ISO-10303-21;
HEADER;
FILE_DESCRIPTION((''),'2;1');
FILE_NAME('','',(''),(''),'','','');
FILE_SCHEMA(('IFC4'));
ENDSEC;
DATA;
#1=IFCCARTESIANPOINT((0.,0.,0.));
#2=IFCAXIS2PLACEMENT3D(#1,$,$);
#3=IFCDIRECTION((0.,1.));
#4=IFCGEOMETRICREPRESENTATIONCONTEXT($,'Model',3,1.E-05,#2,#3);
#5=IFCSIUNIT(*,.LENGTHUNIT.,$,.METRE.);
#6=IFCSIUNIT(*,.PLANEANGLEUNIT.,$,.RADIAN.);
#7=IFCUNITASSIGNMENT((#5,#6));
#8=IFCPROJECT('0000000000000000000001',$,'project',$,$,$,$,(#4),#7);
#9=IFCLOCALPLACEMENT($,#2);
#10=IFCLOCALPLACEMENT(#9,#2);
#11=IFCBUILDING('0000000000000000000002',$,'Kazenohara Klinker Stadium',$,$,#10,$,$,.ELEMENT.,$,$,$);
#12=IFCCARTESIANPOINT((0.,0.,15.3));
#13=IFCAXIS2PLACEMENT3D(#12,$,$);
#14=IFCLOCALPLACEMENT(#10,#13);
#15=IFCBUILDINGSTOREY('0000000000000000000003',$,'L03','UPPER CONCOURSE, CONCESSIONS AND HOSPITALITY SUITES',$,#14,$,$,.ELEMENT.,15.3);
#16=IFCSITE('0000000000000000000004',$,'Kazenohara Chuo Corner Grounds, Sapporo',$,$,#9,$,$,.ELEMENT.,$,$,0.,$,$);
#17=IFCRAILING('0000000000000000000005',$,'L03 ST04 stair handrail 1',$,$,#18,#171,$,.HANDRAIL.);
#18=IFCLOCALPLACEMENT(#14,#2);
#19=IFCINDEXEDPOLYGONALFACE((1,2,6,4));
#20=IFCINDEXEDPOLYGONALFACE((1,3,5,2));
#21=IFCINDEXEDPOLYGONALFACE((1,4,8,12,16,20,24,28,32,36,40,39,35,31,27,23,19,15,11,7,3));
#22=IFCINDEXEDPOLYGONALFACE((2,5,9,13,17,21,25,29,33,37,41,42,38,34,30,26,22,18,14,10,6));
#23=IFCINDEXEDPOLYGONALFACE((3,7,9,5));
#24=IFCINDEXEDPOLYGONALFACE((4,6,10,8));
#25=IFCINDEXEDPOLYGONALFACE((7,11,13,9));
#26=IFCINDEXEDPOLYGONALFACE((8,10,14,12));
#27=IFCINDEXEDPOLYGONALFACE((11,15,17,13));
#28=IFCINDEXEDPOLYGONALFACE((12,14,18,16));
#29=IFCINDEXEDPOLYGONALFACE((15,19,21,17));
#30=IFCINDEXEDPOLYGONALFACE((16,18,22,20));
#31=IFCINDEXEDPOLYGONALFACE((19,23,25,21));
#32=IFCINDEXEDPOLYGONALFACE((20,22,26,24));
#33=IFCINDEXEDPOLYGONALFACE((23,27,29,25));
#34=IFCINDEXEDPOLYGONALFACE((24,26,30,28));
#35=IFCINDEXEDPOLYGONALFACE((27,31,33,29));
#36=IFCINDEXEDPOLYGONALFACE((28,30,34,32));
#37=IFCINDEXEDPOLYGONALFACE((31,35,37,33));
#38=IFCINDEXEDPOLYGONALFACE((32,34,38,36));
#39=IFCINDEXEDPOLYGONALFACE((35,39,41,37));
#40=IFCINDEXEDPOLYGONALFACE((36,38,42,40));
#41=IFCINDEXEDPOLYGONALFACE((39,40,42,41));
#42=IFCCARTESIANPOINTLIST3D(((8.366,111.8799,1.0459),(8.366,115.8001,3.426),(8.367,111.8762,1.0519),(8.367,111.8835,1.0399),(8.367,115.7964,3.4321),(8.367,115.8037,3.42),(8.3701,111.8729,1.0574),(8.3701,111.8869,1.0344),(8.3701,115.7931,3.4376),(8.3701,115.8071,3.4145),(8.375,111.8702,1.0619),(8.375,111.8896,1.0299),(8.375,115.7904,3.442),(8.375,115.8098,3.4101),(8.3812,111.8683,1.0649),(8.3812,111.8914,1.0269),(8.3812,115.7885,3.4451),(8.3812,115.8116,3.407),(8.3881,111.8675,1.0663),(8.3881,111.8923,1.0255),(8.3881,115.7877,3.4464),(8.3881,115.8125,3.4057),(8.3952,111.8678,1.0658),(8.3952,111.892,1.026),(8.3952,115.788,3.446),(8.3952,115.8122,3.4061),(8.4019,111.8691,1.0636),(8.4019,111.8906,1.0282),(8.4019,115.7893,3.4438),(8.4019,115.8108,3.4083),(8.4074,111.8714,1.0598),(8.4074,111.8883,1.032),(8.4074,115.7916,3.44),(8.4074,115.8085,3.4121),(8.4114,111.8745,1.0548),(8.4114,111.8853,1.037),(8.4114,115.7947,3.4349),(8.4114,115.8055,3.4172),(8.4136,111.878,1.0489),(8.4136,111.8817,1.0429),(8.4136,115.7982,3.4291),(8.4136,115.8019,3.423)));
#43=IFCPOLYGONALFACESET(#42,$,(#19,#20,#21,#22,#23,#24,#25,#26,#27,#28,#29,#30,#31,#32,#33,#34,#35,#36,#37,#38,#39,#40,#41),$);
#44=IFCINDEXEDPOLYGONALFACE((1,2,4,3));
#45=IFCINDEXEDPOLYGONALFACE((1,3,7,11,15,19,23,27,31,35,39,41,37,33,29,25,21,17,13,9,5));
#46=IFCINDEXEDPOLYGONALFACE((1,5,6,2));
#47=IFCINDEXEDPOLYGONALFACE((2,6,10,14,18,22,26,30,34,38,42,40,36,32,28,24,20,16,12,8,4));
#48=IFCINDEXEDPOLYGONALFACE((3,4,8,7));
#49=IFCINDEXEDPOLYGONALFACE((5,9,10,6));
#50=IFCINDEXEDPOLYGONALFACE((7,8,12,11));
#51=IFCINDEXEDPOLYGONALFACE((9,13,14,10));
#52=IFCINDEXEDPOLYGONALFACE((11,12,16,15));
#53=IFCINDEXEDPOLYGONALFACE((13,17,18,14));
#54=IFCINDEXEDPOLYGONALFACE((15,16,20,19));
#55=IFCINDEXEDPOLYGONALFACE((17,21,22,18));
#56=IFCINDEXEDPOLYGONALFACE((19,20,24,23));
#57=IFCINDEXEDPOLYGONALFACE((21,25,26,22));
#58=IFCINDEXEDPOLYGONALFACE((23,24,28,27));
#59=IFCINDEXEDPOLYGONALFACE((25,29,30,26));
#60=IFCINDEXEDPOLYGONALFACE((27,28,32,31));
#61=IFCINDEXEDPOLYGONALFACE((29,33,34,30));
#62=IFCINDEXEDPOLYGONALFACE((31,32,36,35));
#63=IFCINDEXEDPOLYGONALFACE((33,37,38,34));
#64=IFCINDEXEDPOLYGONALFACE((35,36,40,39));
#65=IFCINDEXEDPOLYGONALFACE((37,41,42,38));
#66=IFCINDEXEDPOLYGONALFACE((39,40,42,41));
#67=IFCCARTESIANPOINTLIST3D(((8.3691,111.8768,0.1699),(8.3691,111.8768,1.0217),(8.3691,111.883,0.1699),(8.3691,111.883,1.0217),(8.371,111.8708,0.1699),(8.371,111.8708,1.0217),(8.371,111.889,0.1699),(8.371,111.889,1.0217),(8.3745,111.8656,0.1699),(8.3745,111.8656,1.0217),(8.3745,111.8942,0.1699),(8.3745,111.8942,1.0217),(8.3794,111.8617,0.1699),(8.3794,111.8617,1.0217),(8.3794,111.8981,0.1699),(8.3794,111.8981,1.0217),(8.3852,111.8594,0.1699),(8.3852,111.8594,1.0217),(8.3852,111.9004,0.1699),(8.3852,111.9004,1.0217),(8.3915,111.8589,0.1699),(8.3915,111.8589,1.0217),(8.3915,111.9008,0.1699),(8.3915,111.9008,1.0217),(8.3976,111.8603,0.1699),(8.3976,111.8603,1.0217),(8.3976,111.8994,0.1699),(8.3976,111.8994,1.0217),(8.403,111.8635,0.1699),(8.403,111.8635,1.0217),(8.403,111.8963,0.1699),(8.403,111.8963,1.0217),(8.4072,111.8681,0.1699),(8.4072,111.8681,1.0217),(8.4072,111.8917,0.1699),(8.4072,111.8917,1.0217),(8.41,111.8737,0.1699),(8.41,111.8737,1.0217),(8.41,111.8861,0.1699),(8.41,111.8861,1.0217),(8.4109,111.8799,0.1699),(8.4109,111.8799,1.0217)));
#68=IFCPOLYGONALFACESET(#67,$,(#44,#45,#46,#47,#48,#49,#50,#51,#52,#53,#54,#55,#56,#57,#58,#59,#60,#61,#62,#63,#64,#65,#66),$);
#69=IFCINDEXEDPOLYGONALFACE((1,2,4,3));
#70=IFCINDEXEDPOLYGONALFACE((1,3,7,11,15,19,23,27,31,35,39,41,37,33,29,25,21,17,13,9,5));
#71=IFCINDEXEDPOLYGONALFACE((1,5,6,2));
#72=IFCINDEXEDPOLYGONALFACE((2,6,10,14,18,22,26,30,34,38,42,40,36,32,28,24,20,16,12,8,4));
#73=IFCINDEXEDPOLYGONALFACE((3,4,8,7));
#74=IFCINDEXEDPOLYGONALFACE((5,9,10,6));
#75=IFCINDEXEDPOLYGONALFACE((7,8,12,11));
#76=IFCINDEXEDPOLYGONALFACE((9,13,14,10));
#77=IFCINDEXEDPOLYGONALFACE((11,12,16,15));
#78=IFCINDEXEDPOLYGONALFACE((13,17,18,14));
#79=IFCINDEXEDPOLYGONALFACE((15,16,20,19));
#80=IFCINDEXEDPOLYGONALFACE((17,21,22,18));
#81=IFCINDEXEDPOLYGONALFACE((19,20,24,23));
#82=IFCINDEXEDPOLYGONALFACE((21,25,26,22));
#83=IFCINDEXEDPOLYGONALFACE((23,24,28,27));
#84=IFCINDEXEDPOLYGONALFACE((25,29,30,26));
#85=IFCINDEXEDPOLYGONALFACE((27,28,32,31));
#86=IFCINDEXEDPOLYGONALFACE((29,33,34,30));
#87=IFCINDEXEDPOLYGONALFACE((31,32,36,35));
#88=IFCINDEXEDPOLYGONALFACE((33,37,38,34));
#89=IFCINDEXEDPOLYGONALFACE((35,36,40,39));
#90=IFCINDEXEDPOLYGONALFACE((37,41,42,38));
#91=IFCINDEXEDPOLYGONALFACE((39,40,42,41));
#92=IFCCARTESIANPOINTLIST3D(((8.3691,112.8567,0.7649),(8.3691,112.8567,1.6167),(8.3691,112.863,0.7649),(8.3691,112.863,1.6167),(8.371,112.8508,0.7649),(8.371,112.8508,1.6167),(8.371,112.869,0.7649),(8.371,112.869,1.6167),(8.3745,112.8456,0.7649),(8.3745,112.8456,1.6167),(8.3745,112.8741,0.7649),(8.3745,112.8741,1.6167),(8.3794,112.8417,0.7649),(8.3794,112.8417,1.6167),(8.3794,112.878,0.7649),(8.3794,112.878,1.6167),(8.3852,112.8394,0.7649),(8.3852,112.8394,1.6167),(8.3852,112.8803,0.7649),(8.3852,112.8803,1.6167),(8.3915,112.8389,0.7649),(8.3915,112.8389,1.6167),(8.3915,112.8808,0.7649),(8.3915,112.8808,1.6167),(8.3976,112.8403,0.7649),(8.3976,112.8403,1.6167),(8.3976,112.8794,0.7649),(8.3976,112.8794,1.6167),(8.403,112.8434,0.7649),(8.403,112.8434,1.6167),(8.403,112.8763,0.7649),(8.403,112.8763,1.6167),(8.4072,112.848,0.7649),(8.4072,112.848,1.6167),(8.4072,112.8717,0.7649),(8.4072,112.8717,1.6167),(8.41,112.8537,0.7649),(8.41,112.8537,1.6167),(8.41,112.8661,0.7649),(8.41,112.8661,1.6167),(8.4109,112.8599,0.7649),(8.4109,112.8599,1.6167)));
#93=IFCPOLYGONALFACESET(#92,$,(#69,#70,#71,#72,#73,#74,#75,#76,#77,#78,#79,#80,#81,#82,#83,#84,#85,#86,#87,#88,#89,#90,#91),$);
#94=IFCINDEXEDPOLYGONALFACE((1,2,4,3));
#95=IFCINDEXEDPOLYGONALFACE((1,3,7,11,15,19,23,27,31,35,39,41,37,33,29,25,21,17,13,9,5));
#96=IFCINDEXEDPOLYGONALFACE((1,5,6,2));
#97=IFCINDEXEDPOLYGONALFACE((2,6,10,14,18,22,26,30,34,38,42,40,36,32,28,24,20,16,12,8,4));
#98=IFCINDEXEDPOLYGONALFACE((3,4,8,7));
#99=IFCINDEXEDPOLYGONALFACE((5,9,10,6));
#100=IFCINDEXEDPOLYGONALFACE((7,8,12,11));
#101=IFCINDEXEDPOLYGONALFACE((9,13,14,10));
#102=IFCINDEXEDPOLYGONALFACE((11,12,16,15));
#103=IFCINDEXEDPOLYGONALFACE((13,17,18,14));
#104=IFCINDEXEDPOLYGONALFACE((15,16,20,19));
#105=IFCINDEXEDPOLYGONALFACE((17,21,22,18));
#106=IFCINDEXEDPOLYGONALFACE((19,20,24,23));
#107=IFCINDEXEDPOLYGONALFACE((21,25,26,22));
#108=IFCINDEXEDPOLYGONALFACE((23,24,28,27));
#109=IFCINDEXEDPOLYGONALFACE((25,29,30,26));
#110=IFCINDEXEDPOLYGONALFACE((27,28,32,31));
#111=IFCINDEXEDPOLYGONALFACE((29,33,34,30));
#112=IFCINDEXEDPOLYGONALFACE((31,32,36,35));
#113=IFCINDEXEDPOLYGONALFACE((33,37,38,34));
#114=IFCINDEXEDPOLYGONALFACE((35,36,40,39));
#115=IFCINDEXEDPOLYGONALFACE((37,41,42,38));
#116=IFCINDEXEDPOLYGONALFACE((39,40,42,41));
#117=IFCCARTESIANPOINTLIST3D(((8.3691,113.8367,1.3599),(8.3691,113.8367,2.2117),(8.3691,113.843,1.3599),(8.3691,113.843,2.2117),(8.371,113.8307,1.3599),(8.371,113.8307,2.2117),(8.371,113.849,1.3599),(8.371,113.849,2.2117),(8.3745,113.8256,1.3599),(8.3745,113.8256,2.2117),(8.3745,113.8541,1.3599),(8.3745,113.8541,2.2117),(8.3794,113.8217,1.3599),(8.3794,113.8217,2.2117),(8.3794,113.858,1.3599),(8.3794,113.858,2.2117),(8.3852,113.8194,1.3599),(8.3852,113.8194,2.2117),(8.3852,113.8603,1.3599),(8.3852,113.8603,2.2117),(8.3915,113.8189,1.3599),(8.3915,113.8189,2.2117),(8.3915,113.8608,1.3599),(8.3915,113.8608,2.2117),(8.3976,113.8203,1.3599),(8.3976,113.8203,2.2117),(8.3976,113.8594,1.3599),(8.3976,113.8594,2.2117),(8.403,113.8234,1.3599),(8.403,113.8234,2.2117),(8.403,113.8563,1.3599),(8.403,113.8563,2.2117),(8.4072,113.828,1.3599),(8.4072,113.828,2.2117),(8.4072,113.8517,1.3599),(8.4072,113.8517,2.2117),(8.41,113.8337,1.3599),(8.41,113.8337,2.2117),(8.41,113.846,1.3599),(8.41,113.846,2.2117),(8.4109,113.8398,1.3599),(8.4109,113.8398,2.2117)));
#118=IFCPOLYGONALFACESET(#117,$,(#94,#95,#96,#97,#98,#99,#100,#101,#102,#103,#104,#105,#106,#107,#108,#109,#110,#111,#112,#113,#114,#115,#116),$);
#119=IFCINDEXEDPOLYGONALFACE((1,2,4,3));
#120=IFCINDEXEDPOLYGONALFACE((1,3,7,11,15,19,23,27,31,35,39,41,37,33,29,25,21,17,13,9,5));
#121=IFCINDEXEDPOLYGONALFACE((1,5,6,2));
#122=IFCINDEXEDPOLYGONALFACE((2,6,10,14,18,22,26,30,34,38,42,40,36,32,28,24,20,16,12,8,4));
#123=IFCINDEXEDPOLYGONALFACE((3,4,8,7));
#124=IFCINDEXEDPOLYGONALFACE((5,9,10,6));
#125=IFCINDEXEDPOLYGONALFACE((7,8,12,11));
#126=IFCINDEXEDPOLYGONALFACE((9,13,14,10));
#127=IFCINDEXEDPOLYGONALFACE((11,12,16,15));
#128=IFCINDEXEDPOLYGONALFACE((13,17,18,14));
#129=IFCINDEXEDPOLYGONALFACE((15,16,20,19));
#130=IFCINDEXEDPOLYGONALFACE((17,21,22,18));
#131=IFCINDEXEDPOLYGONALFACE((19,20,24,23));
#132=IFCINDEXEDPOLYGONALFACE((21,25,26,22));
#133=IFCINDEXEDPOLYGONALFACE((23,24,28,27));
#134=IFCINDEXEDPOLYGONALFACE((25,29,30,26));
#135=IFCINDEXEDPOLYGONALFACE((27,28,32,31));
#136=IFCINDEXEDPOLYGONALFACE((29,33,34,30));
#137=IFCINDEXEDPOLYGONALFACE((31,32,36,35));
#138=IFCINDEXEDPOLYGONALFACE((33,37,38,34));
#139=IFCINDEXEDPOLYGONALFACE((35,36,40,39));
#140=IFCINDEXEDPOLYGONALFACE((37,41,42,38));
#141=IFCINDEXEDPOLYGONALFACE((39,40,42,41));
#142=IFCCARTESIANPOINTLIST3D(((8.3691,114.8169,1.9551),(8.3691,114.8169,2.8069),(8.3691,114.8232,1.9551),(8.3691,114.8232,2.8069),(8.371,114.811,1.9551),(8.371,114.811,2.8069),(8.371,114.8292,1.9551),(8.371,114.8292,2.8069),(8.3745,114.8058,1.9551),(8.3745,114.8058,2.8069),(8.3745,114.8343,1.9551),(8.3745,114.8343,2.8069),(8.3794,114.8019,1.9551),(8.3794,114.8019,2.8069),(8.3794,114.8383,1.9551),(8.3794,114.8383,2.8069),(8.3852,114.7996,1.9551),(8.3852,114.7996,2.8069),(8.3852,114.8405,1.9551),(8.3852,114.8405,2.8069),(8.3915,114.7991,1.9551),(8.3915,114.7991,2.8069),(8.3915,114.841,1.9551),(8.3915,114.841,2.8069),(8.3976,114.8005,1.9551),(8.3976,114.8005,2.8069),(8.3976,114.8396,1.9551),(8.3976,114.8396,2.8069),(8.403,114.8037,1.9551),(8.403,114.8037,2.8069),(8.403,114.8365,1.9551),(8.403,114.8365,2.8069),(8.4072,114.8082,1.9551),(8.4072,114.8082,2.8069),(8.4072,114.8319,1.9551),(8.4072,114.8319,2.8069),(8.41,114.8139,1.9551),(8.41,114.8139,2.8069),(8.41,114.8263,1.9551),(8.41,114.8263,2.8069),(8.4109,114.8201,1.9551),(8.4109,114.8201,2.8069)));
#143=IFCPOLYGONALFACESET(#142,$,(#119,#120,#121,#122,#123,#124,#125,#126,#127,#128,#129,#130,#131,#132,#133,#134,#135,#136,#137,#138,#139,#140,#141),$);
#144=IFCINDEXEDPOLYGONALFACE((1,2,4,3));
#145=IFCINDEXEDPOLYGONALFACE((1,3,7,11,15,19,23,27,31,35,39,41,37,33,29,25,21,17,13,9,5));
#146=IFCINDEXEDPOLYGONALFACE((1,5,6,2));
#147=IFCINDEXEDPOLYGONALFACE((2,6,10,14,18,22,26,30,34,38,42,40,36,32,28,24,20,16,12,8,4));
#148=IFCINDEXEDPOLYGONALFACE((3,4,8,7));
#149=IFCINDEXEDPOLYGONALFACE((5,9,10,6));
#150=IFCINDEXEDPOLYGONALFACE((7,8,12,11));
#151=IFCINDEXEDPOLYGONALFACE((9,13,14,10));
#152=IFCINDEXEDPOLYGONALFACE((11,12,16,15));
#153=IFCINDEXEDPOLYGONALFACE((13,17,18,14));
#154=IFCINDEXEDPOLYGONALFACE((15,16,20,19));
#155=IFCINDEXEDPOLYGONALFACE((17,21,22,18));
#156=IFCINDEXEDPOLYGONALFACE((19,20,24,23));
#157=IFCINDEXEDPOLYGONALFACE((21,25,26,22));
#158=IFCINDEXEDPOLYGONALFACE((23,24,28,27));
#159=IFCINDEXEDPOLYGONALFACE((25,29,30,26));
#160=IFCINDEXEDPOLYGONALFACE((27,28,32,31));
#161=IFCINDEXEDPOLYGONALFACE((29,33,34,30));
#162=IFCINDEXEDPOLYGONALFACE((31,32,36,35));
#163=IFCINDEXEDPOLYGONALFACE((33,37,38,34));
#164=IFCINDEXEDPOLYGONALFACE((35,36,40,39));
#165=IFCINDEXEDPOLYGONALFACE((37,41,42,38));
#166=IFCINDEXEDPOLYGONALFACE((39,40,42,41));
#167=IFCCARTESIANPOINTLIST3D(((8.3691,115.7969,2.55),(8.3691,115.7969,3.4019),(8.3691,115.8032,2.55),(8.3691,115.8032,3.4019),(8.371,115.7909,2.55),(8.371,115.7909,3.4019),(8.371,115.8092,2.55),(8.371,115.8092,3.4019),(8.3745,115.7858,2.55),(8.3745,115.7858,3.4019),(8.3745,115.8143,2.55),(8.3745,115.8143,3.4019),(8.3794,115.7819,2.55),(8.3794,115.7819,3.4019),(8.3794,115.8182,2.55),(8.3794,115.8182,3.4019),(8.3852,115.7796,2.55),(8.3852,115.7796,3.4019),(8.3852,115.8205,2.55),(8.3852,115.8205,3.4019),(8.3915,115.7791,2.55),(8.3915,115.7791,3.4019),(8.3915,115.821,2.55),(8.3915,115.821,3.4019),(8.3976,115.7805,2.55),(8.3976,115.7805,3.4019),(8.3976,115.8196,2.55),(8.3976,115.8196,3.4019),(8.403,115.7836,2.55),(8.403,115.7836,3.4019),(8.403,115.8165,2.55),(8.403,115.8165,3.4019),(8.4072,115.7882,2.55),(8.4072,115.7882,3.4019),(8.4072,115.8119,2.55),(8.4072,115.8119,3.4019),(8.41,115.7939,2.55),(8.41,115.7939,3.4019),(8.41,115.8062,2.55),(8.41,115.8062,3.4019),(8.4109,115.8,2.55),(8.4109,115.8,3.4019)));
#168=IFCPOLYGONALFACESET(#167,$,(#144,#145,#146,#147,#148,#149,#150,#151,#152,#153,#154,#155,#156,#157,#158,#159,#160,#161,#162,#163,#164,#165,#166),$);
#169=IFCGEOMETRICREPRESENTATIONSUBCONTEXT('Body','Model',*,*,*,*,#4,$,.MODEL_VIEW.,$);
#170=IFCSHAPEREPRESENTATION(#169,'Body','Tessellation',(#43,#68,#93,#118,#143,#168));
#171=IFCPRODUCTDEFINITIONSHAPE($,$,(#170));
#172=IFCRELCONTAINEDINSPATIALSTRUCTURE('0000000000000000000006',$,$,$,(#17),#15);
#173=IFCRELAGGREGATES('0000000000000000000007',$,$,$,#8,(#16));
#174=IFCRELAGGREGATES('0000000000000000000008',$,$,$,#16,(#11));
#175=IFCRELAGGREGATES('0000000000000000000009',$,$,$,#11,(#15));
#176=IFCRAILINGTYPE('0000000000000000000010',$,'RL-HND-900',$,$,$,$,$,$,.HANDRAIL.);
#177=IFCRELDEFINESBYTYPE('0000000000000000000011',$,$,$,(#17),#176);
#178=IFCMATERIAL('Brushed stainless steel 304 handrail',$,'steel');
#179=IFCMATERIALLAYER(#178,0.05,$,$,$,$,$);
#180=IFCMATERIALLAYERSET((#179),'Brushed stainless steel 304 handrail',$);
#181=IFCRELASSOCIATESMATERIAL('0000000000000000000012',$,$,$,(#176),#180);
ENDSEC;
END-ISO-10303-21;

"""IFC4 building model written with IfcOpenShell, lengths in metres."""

from ifc_helpers import new_model, si_unit, direction, frame, origin, origin_2d, place, context, subcontext, project, spatial, circle, extrude, material, layer, layer_set, type_object, element, save


model = new_model("IFC4")

# Units and contexts
model_context = context("Model", 3, precision=1e-05, world=origin(), true_north=direction((0.0, 1.0)))
body_context = subcontext(model_context, "Body", "Model", "MODEL_VIEW")
ifc_project = project(units=[si_unit("LENGTHUNIT", "METRE"), si_unit("PLANEANGLEUNIT", "RADIAN")], contexts=[model_context])

# Site, building, storey
site_placement = place(None, origin())
site = spatial("IfcSite", under=ifc_project, at=site_placement, Name="Kazenohara Chuo Corner Grounds, Sapporo", CompositionType="ELEMENT", RefElevation=0.0)
building_placement = place(site_placement, origin())
building = spatial("IfcBuilding", under=site, at=building_placement, Name="Kazenohara Klinker Stadium", CompositionType="ELEMENT")
storey_placement = place(building_placement, frame((0.0, 0.0, 15.3)))
storey = spatial("IfcBuildingStorey", under=building, at=storey_placement, Name="L03", Description="UPPER CONCOURSE, CONCESSIONS AND HOSPITALITY SUITES", CompositionType="ELEMENT", Elevation=15.3)

# Railing
ifc_material_1 = material(Name="Brushed stainless steel 304 handrail", Category="steel")
ifc_layer_1 = layer(ifc_material_1, 0.05)
ifc_layer_set_1 = layer_set([ifc_layer_1], Name="Brushed stainless steel 304 handrail")
railing_type = type_object("IfcRailingType", Name="RL-HND-900", PredefinedType="HANDRAIL", material=ifc_layer_set_1)
railing_placement = place(storey_placement, frame((8.3899, 111.8799, 0.1699)))
element("IfcRailing", 1, at=railing_placement, inside=storey, type_object=railing_type, Name="L03 ST04 stair handrail 1", PredefinedType="HANDRAIL", context=body_context, shape_type="SweptSolid", body=[
    extrude(circle(Radius=0.0239, at=origin_2d()), frame((0.0, 0.0, 0.876), z_axis=(0.0, 0.854785, 0.518982), x_axis=(-1.0, 0.0, 0.0)), (0.0, 0.0, 1.0), 4.5862),
    extrude(circle(Radius=0.021, at=origin_2d()), origin(), (0.0, 0.0, 1.0), 0.8518),
    extrude(circle(Radius=0.021, at=origin_2d()), frame((0.0, 0.98, 0.595)), (0.0, 0.0, 1.0), 0.8518),
    extrude(circle(Radius=0.021, at=origin_2d()), frame((0.0, 1.96, 1.1899)), (0.0, 0.0, 1.0), 0.8518),
    extrude(circle(Radius=0.021, at=origin_2d()), frame((0.0, 2.9402, 1.7852)), (0.0, 0.0, 1.0), 0.8518),
    extrude(circle(Radius=0.021, at=origin_2d()), frame((0.0, 3.9202, 2.3801)), (0.0, 0.0, 1.0), 0.8518),
])

save(model, "model.ifc")
